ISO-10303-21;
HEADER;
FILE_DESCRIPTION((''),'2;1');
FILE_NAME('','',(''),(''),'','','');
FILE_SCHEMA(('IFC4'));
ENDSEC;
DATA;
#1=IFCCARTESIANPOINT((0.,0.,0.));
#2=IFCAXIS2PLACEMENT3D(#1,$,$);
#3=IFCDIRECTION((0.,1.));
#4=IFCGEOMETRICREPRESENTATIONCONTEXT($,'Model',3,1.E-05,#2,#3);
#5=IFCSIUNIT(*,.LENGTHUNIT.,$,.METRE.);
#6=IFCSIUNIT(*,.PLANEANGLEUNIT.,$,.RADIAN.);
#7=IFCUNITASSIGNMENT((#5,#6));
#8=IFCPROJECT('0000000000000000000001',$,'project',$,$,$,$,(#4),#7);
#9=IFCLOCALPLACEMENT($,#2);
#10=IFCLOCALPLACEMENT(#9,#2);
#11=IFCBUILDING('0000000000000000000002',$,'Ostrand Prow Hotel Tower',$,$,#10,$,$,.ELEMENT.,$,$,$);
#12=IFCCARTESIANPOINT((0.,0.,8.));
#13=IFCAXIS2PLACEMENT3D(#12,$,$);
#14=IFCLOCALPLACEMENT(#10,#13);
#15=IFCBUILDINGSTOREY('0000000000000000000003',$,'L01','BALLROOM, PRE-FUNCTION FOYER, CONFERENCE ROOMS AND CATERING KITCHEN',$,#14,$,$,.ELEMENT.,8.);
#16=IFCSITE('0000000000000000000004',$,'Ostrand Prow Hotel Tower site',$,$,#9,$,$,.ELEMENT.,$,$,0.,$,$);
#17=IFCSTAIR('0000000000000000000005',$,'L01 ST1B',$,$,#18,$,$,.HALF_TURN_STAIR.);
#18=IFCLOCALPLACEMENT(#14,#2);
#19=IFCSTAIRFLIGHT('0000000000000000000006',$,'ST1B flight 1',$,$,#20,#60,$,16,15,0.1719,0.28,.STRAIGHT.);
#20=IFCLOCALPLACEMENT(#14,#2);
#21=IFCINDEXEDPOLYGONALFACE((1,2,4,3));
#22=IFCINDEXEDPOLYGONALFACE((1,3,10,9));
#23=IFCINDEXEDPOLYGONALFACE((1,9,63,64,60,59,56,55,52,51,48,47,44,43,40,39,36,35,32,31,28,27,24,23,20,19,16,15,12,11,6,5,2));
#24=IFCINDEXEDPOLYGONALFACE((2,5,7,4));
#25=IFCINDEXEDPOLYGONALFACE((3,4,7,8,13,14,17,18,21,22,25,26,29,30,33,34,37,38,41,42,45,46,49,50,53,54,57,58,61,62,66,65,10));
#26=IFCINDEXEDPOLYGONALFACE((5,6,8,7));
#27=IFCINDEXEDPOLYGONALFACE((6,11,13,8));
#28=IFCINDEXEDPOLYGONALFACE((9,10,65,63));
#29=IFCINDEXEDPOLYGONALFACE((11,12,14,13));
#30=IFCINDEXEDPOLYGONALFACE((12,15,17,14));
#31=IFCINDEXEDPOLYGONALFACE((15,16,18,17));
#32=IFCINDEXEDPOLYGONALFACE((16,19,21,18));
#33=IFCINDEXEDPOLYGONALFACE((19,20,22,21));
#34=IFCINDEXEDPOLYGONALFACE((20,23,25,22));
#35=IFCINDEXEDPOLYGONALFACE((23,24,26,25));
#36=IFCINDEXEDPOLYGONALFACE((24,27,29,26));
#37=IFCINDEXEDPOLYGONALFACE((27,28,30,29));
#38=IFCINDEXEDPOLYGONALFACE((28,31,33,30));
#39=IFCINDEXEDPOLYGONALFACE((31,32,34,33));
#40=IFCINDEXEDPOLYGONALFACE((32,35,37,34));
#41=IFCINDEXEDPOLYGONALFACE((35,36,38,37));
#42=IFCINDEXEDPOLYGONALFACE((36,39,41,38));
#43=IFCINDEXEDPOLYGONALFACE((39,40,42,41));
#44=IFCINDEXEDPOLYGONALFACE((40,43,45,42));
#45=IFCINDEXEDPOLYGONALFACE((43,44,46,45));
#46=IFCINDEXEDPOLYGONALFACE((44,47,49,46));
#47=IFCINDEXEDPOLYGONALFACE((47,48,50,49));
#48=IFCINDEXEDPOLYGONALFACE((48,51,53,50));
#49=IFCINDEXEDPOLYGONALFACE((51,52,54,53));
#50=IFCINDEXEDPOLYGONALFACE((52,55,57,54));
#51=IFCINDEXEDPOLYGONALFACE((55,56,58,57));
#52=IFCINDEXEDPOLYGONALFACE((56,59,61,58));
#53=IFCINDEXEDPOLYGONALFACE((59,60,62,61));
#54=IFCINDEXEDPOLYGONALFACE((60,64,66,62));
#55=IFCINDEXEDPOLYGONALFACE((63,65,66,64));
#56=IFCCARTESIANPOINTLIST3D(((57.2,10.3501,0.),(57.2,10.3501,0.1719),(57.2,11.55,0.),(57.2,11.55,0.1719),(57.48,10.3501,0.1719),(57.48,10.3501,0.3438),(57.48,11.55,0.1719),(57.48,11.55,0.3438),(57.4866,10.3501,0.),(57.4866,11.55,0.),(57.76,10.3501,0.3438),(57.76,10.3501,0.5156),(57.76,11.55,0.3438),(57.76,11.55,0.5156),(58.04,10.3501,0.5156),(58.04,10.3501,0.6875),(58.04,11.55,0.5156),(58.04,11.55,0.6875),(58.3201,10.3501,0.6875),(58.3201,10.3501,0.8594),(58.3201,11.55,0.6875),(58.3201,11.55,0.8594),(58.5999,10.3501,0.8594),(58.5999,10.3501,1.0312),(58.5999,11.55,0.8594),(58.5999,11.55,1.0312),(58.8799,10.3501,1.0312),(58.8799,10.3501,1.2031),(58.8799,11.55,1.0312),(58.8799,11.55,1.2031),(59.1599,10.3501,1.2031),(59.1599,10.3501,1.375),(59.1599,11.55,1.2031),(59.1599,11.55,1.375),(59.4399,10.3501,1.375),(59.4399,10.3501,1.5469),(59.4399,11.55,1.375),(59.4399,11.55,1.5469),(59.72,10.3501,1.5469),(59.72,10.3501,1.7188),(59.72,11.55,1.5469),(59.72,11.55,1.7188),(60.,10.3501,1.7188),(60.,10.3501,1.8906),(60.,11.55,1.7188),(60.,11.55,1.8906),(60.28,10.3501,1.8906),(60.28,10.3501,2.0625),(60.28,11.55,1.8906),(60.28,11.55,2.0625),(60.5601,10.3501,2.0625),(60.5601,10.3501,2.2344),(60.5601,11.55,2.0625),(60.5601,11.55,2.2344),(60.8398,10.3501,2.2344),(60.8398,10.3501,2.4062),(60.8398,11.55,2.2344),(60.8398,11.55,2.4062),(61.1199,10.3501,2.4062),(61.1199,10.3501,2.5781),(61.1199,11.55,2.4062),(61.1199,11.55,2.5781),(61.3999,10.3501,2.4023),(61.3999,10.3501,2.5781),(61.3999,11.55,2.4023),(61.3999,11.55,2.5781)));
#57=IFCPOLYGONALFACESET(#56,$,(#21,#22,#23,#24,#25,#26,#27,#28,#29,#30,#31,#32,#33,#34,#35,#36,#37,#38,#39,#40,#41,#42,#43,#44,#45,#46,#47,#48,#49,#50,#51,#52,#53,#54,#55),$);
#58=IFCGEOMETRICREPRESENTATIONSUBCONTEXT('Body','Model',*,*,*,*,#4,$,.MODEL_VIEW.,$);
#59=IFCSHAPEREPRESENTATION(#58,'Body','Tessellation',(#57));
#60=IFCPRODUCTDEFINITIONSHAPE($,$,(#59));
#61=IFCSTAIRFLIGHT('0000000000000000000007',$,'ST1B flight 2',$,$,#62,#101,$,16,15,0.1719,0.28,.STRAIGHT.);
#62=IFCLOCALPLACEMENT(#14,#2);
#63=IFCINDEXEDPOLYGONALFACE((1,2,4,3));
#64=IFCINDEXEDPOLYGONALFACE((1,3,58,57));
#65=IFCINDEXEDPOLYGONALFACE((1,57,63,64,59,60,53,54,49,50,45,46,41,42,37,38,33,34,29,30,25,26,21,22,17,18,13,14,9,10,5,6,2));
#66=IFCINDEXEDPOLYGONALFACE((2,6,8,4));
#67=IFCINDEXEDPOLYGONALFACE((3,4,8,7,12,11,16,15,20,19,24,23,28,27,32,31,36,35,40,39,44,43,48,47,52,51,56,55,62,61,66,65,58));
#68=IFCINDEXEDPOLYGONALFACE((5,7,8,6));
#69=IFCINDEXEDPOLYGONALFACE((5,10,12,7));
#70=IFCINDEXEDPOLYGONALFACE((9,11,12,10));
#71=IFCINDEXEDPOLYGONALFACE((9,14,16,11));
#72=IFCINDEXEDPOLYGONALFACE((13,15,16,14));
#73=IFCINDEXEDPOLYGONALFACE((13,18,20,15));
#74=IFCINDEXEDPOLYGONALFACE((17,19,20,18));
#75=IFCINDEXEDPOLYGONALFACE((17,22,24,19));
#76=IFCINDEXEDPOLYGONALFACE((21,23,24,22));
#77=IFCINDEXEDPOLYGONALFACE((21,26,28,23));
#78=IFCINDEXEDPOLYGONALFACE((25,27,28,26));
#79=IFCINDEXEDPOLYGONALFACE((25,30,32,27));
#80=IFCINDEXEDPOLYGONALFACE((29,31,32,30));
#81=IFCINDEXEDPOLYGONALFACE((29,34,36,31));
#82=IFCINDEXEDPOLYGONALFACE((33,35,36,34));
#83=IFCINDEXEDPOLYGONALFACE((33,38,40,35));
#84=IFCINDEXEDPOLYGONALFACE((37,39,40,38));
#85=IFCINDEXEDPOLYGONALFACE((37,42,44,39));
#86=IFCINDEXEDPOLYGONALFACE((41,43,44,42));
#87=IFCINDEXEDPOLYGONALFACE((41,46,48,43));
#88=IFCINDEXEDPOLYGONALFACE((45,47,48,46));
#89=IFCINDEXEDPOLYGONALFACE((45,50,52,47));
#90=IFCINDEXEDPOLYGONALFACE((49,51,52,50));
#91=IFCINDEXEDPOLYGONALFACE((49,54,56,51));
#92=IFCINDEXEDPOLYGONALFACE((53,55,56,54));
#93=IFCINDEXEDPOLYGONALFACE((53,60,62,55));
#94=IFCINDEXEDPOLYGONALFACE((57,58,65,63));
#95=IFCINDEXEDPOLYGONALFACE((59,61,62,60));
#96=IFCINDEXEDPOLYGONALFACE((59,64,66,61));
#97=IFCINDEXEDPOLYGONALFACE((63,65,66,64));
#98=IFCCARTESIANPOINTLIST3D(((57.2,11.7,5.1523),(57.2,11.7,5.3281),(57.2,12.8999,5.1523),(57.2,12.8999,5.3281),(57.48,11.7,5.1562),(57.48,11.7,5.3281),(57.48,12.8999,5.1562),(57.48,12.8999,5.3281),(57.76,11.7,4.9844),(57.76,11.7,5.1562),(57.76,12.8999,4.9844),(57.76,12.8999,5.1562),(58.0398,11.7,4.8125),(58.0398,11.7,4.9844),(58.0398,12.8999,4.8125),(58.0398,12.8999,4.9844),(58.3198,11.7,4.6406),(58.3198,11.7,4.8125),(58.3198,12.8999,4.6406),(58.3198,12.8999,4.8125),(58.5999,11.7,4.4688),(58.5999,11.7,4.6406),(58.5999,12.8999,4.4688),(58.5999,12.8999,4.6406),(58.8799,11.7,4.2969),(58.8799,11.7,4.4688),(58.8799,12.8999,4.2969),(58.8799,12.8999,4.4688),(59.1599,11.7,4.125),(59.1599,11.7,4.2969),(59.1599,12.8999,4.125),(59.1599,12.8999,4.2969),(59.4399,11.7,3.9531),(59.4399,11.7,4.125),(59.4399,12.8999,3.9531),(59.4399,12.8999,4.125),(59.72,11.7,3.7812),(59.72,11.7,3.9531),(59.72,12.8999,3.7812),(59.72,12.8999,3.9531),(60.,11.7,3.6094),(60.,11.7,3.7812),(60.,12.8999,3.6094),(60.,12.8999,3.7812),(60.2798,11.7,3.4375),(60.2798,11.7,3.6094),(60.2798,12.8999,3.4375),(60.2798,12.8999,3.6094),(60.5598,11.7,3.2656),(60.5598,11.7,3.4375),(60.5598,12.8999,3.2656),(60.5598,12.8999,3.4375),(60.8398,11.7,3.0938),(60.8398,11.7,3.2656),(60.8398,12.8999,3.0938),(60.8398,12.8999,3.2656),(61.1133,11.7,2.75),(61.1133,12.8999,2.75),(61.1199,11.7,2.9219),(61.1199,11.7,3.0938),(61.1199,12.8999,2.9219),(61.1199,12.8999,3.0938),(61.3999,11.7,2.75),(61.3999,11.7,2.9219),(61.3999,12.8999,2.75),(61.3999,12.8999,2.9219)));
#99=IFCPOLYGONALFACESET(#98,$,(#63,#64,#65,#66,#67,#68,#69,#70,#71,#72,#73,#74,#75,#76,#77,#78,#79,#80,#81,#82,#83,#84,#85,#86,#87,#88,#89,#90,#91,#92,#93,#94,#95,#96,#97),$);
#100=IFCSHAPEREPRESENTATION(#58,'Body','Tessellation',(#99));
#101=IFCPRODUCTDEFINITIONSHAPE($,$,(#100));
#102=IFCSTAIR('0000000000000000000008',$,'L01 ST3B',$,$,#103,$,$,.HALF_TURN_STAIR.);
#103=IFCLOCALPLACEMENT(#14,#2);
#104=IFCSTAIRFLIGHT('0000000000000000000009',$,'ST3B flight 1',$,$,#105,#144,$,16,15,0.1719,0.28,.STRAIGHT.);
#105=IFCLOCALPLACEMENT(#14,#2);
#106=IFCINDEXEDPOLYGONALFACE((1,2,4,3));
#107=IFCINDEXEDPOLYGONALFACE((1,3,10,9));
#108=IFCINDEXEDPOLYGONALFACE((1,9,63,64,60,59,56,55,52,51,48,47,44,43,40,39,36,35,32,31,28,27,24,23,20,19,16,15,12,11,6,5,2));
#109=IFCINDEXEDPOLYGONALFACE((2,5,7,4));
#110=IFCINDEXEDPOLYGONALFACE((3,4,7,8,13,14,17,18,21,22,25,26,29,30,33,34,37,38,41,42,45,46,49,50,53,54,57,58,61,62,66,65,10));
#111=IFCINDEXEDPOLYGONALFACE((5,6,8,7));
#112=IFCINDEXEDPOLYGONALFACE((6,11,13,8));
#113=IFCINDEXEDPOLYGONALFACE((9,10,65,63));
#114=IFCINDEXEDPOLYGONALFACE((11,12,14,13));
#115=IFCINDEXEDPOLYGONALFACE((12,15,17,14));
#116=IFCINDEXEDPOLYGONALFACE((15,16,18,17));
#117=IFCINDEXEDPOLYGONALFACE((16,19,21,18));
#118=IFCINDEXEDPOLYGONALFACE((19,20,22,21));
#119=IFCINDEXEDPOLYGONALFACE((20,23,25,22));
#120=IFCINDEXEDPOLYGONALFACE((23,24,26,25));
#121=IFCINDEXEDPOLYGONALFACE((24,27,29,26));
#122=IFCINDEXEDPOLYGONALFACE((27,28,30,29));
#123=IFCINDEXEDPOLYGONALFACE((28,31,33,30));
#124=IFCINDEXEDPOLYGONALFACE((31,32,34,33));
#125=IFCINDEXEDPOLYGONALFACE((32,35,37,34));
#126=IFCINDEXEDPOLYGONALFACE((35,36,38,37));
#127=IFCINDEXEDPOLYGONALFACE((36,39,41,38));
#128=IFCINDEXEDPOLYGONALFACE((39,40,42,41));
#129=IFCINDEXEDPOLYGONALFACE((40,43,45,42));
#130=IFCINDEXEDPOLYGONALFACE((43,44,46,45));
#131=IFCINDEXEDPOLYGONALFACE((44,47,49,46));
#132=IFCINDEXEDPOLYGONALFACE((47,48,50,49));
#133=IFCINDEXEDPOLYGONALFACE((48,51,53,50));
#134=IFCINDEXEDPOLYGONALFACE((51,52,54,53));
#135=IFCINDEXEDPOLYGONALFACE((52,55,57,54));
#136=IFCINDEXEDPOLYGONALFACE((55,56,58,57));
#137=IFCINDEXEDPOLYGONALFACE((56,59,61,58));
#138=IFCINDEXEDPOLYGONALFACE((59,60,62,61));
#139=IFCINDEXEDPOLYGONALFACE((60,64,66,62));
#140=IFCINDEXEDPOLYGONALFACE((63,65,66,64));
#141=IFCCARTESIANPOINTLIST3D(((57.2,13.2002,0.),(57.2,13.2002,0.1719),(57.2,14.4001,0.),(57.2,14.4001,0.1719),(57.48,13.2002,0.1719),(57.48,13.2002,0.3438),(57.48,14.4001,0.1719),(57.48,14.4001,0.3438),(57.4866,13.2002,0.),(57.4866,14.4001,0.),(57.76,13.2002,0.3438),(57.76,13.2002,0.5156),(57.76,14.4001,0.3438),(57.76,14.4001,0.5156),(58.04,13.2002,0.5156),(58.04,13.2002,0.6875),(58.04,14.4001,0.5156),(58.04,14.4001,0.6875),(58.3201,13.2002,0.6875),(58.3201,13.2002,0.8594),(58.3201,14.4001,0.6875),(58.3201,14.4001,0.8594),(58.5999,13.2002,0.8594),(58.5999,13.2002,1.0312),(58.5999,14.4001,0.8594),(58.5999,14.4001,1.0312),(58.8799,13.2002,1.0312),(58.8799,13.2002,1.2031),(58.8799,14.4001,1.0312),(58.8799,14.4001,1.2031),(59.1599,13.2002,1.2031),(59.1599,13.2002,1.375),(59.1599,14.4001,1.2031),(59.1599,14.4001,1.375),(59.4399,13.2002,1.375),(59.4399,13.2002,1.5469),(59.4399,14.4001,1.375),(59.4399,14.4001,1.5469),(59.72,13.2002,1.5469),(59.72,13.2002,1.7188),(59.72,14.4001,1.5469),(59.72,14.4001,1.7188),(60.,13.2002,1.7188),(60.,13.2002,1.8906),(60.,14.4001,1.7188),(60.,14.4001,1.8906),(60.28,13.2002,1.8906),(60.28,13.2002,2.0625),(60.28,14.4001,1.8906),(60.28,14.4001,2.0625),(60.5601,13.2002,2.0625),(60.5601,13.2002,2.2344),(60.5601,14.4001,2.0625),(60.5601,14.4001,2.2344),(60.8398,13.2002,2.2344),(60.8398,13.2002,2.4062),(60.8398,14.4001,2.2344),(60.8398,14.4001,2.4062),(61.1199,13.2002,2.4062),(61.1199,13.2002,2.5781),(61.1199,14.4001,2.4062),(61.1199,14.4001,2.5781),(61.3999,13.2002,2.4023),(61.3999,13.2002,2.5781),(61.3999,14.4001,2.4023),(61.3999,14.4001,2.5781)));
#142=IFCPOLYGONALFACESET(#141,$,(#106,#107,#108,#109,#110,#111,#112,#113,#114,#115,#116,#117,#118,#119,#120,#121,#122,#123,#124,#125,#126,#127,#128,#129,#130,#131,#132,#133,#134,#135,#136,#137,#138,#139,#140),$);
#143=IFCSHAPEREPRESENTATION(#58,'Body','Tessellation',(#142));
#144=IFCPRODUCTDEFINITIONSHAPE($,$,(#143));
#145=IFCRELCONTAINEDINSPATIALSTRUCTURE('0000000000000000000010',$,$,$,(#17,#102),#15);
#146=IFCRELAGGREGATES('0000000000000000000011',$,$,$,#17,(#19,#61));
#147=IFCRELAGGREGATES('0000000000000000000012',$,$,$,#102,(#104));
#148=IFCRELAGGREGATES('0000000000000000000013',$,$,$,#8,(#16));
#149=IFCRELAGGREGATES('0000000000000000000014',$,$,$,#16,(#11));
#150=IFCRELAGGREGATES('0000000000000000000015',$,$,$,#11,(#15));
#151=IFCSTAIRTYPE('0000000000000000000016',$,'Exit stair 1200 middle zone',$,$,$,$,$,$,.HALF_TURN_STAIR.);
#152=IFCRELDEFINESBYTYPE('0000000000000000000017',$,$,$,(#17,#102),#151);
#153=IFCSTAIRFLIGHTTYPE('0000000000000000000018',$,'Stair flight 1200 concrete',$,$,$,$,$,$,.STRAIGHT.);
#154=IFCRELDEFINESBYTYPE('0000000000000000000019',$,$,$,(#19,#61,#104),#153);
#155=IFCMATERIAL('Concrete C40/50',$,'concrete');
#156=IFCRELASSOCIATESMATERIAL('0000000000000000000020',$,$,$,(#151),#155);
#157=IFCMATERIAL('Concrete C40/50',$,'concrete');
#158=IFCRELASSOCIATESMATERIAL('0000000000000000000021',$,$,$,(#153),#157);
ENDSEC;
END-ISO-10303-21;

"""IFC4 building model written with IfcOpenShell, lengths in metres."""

from ifc_helpers import new_model, si_unit, direction, frame, origin, place, context, subcontext, project, spatial, polyline, outline, extrude, material, type_object, element, aggregate, save


model = new_model("IFC4")

# Units and contexts
model_context = context("Model", 3, precision=1e-05, world=origin(), true_north=direction((0.0, 1.0)))
body_context = subcontext(model_context, "Body", "Model", "MODEL_VIEW")
ifc_project = project(units=[si_unit("LENGTHUNIT", "METRE"), si_unit("PLANEANGLEUNIT", "RADIAN")], contexts=[model_context])

# Site, building, storey
site_placement = place(None, origin())
site = spatial("IfcSite", under=ifc_project, at=site_placement, Name="Ostrand Prow Hotel Tower site", CompositionType="ELEMENT", RefElevation=0.0)
building_placement = place(site_placement, origin())
building = spatial("IfcBuilding", under=site, at=building_placement, Name="Ostrand Prow Hotel Tower", CompositionType="ELEMENT")
storey_placement = place(building_placement, frame((0.0, 0.0, 8.0)))
storey = spatial("IfcBuildingStorey", under=building, at=storey_placement, Name="L01", Description="BALLROOM, PRE-FUNCTION FOYER, CONFERENCE ROOMS AND CATERING KITCHEN", CompositionType="ELEMENT", Elevation=8.0)

# Stair, stair flights
ifc_material_1 = material(Name="Concrete C40/50", Category="concrete")
stair_type = type_object("IfcStairType", Name="Exit stair 1200 middle zone", PredefinedType="HALF_TURN_STAIR", material=ifc_material_1)
stair_1_placement = place(storey_placement, origin())
stair_1 = element("IfcStair", 1, at=stair_1_placement, inside=storey, type_object=stair_type, Name="L01 ST1B", PredefinedType="HALF_TURN_STAIR")
ifc_material_2 = material(Name="Concrete C40/50", Category="concrete")
stair_flight_type = type_object("IfcStairFlightType", Name="Stair flight 1200 concrete", PredefinedType="STRAIGHT", material=ifc_material_2)
stair_flight_1_placement = place(storey_placement, frame((57.2, 10.95, 0.0), z_axis=(0.0, 0.0, 1.0), x_axis=(1.0, 0.0, 0.0)))
stair_flight_1 = element("IfcStairFlight", 2, at=stair_flight_1_placement, type_object=stair_flight_type, Name="ST1B flight 1", NumberOfRisers=16, NumberOfTreads=15, PredefinedType="STRAIGHT", RiserHeight=0.1719, TreadLength=0.28, context=body_context, shape_type="SweptSolid", body=[
    extrude(outline(polyline([(0.0, 0.0), (0.0, 0.1719), (0.28, 0.1719), (0.28, 0.3438), (0.5601, 0.3438), (0.5601, 0.5156), (0.8401, 0.5156), (0.8401, 0.6875), (1.1201, 0.6875), (1.1201, 0.8594), (1.3999, 0.8594), (1.3999, 1.0312), (1.6799, 1.0312), (1.6799, 1.2031), (1.96, 1.2031), (1.96, 1.375), (2.24, 1.375), (2.24, 1.5469), (2.52, 1.5469), (2.52, 1.7188), (2.8, 1.7188), (2.8, 1.8906), (3.0801, 1.8906), (3.0801, 2.0625), (3.3601, 2.0625), (3.3601, 2.2344), (3.6399, 2.2344), (3.6399, 2.4062), (3.9199, 2.4062), (3.9199, 2.5781), (4.2, 2.5781), (4.2, 2.75), (4.2, 2.4023), (0.2866, 0.0), (0.0, 0.0)])), frame((0.0, 0.6001, 0.0), z_axis=(0.0, -1.0, 0.0), x_axis=(1.0, 0.0, 0.0)), (0.0, 0.0, 1.0), 1.2),
])
stair_flight_2_placement = place(storey_placement, frame((61.3999, 12.3, 2.75), z_axis=(0.0, 0.0, 1.0), x_axis=(-1.0, 0.0, 0.0)))
stair_flight_2 = element("IfcStairFlight", 3, at=stair_flight_2_placement, type_object=stair_flight_type, Name="ST1B flight 2", NumberOfRisers=16, NumberOfTreads=15, PredefinedType="STRAIGHT", RiserHeight=0.1719, TreadLength=0.28, context=body_context, shape_type="SweptSolid", body=[
    extrude(outline(polyline([(0.0, 0.0), (0.0, 0.1719), (0.28, 0.1719), (0.28, 0.3438), (0.5601, 0.3438), (0.5601, 0.5156), (0.8401, 0.5156), (0.8401, 0.6875), (1.1201, 0.6875), (1.1201, 0.8594), (1.3999, 0.8594), (1.3999, 1.0312), (1.6799, 1.0312), (1.6799, 1.2031), (1.96, 1.2031), (1.96, 1.375), (2.24, 1.375), (2.24, 1.5469), (2.52, 1.5469), (2.52, 1.7188), (2.8, 1.7188), (2.8, 1.8906), (3.0801, 1.8906), (3.0801, 2.0625), (3.3601, 2.0625), (3.3601, 2.2344), (3.6399, 2.2344), (3.6399, 2.4062), (3.9199, 2.4062), (3.9199, 2.5781), (4.2, 2.5781), (4.2, 2.75), (4.2, 2.4023), (0.2866, 0.0), (0.0, 0.0)])), frame((0.0, 0.6001, 0.0), z_axis=(0.0, -1.0, 0.0), x_axis=(1.0, 0.0, 0.0)), (0.0, 0.0, 1.0), 1.2),
])
aggregate(stair_1, [stair_flight_1, stair_flight_2])

# Stair, stair flight
stair_2_placement = place(storey_placement, origin())
stair_2 = element("IfcStair", 4, at=stair_2_placement, inside=storey, type_object=stair_type, Name="L01 ST3B", PredefinedType="HALF_TURN_STAIR")
stair_flight_3_placement = place(storey_placement, frame((57.2, 13.8, 0.0), z_axis=(0.0, 0.0, 1.0), x_axis=(1.0, 0.0, 0.0)))
stair_flight_3 = element("IfcStairFlight", 5, at=stair_flight_3_placement, type_object=stair_flight_type, Name="ST3B flight 1", NumberOfRisers=16, NumberOfTreads=15, PredefinedType="STRAIGHT", RiserHeight=0.1719, TreadLength=0.28, context=body_context, shape_type="SweptSolid", body=[
    extrude(outline(polyline([(0.0, 0.0), (0.0, 0.1719), (0.28, 0.1719), (0.28, 0.3438), (0.5601, 0.3438), (0.5601, 0.5156), (0.8401, 0.5156), (0.8401, 0.6875), (1.1201, 0.6875), (1.1201, 0.8594), (1.3999, 0.8594), (1.3999, 1.0312), (1.6799, 1.0312), (1.6799, 1.2031), (1.96, 1.2031), (1.96, 1.375), (2.24, 1.375), (2.24, 1.5469), (2.52, 1.5469), (2.52, 1.7188), (2.8, 1.7188), (2.8, 1.8906), (3.0801, 1.8906), (3.0801, 2.0625), (3.3601, 2.0625), (3.3601, 2.2344), (3.6399, 2.2344), (3.6399, 2.4062), (3.9199, 2.4062), (3.9199, 2.5781), (4.2, 2.5781), (4.2, 2.75), (4.2, 2.4023), (0.2866, 0.0), (0.0, 0.0)])), frame((0.0, 0.6001, 0.0), z_axis=(0.0, -1.0, 0.0), x_axis=(1.0, 0.0, 0.0)), (0.0, 0.0, 1.0), 1.2),
])
aggregate(stair_2, [stair_flight_3])

save(model, "model.ifc")
